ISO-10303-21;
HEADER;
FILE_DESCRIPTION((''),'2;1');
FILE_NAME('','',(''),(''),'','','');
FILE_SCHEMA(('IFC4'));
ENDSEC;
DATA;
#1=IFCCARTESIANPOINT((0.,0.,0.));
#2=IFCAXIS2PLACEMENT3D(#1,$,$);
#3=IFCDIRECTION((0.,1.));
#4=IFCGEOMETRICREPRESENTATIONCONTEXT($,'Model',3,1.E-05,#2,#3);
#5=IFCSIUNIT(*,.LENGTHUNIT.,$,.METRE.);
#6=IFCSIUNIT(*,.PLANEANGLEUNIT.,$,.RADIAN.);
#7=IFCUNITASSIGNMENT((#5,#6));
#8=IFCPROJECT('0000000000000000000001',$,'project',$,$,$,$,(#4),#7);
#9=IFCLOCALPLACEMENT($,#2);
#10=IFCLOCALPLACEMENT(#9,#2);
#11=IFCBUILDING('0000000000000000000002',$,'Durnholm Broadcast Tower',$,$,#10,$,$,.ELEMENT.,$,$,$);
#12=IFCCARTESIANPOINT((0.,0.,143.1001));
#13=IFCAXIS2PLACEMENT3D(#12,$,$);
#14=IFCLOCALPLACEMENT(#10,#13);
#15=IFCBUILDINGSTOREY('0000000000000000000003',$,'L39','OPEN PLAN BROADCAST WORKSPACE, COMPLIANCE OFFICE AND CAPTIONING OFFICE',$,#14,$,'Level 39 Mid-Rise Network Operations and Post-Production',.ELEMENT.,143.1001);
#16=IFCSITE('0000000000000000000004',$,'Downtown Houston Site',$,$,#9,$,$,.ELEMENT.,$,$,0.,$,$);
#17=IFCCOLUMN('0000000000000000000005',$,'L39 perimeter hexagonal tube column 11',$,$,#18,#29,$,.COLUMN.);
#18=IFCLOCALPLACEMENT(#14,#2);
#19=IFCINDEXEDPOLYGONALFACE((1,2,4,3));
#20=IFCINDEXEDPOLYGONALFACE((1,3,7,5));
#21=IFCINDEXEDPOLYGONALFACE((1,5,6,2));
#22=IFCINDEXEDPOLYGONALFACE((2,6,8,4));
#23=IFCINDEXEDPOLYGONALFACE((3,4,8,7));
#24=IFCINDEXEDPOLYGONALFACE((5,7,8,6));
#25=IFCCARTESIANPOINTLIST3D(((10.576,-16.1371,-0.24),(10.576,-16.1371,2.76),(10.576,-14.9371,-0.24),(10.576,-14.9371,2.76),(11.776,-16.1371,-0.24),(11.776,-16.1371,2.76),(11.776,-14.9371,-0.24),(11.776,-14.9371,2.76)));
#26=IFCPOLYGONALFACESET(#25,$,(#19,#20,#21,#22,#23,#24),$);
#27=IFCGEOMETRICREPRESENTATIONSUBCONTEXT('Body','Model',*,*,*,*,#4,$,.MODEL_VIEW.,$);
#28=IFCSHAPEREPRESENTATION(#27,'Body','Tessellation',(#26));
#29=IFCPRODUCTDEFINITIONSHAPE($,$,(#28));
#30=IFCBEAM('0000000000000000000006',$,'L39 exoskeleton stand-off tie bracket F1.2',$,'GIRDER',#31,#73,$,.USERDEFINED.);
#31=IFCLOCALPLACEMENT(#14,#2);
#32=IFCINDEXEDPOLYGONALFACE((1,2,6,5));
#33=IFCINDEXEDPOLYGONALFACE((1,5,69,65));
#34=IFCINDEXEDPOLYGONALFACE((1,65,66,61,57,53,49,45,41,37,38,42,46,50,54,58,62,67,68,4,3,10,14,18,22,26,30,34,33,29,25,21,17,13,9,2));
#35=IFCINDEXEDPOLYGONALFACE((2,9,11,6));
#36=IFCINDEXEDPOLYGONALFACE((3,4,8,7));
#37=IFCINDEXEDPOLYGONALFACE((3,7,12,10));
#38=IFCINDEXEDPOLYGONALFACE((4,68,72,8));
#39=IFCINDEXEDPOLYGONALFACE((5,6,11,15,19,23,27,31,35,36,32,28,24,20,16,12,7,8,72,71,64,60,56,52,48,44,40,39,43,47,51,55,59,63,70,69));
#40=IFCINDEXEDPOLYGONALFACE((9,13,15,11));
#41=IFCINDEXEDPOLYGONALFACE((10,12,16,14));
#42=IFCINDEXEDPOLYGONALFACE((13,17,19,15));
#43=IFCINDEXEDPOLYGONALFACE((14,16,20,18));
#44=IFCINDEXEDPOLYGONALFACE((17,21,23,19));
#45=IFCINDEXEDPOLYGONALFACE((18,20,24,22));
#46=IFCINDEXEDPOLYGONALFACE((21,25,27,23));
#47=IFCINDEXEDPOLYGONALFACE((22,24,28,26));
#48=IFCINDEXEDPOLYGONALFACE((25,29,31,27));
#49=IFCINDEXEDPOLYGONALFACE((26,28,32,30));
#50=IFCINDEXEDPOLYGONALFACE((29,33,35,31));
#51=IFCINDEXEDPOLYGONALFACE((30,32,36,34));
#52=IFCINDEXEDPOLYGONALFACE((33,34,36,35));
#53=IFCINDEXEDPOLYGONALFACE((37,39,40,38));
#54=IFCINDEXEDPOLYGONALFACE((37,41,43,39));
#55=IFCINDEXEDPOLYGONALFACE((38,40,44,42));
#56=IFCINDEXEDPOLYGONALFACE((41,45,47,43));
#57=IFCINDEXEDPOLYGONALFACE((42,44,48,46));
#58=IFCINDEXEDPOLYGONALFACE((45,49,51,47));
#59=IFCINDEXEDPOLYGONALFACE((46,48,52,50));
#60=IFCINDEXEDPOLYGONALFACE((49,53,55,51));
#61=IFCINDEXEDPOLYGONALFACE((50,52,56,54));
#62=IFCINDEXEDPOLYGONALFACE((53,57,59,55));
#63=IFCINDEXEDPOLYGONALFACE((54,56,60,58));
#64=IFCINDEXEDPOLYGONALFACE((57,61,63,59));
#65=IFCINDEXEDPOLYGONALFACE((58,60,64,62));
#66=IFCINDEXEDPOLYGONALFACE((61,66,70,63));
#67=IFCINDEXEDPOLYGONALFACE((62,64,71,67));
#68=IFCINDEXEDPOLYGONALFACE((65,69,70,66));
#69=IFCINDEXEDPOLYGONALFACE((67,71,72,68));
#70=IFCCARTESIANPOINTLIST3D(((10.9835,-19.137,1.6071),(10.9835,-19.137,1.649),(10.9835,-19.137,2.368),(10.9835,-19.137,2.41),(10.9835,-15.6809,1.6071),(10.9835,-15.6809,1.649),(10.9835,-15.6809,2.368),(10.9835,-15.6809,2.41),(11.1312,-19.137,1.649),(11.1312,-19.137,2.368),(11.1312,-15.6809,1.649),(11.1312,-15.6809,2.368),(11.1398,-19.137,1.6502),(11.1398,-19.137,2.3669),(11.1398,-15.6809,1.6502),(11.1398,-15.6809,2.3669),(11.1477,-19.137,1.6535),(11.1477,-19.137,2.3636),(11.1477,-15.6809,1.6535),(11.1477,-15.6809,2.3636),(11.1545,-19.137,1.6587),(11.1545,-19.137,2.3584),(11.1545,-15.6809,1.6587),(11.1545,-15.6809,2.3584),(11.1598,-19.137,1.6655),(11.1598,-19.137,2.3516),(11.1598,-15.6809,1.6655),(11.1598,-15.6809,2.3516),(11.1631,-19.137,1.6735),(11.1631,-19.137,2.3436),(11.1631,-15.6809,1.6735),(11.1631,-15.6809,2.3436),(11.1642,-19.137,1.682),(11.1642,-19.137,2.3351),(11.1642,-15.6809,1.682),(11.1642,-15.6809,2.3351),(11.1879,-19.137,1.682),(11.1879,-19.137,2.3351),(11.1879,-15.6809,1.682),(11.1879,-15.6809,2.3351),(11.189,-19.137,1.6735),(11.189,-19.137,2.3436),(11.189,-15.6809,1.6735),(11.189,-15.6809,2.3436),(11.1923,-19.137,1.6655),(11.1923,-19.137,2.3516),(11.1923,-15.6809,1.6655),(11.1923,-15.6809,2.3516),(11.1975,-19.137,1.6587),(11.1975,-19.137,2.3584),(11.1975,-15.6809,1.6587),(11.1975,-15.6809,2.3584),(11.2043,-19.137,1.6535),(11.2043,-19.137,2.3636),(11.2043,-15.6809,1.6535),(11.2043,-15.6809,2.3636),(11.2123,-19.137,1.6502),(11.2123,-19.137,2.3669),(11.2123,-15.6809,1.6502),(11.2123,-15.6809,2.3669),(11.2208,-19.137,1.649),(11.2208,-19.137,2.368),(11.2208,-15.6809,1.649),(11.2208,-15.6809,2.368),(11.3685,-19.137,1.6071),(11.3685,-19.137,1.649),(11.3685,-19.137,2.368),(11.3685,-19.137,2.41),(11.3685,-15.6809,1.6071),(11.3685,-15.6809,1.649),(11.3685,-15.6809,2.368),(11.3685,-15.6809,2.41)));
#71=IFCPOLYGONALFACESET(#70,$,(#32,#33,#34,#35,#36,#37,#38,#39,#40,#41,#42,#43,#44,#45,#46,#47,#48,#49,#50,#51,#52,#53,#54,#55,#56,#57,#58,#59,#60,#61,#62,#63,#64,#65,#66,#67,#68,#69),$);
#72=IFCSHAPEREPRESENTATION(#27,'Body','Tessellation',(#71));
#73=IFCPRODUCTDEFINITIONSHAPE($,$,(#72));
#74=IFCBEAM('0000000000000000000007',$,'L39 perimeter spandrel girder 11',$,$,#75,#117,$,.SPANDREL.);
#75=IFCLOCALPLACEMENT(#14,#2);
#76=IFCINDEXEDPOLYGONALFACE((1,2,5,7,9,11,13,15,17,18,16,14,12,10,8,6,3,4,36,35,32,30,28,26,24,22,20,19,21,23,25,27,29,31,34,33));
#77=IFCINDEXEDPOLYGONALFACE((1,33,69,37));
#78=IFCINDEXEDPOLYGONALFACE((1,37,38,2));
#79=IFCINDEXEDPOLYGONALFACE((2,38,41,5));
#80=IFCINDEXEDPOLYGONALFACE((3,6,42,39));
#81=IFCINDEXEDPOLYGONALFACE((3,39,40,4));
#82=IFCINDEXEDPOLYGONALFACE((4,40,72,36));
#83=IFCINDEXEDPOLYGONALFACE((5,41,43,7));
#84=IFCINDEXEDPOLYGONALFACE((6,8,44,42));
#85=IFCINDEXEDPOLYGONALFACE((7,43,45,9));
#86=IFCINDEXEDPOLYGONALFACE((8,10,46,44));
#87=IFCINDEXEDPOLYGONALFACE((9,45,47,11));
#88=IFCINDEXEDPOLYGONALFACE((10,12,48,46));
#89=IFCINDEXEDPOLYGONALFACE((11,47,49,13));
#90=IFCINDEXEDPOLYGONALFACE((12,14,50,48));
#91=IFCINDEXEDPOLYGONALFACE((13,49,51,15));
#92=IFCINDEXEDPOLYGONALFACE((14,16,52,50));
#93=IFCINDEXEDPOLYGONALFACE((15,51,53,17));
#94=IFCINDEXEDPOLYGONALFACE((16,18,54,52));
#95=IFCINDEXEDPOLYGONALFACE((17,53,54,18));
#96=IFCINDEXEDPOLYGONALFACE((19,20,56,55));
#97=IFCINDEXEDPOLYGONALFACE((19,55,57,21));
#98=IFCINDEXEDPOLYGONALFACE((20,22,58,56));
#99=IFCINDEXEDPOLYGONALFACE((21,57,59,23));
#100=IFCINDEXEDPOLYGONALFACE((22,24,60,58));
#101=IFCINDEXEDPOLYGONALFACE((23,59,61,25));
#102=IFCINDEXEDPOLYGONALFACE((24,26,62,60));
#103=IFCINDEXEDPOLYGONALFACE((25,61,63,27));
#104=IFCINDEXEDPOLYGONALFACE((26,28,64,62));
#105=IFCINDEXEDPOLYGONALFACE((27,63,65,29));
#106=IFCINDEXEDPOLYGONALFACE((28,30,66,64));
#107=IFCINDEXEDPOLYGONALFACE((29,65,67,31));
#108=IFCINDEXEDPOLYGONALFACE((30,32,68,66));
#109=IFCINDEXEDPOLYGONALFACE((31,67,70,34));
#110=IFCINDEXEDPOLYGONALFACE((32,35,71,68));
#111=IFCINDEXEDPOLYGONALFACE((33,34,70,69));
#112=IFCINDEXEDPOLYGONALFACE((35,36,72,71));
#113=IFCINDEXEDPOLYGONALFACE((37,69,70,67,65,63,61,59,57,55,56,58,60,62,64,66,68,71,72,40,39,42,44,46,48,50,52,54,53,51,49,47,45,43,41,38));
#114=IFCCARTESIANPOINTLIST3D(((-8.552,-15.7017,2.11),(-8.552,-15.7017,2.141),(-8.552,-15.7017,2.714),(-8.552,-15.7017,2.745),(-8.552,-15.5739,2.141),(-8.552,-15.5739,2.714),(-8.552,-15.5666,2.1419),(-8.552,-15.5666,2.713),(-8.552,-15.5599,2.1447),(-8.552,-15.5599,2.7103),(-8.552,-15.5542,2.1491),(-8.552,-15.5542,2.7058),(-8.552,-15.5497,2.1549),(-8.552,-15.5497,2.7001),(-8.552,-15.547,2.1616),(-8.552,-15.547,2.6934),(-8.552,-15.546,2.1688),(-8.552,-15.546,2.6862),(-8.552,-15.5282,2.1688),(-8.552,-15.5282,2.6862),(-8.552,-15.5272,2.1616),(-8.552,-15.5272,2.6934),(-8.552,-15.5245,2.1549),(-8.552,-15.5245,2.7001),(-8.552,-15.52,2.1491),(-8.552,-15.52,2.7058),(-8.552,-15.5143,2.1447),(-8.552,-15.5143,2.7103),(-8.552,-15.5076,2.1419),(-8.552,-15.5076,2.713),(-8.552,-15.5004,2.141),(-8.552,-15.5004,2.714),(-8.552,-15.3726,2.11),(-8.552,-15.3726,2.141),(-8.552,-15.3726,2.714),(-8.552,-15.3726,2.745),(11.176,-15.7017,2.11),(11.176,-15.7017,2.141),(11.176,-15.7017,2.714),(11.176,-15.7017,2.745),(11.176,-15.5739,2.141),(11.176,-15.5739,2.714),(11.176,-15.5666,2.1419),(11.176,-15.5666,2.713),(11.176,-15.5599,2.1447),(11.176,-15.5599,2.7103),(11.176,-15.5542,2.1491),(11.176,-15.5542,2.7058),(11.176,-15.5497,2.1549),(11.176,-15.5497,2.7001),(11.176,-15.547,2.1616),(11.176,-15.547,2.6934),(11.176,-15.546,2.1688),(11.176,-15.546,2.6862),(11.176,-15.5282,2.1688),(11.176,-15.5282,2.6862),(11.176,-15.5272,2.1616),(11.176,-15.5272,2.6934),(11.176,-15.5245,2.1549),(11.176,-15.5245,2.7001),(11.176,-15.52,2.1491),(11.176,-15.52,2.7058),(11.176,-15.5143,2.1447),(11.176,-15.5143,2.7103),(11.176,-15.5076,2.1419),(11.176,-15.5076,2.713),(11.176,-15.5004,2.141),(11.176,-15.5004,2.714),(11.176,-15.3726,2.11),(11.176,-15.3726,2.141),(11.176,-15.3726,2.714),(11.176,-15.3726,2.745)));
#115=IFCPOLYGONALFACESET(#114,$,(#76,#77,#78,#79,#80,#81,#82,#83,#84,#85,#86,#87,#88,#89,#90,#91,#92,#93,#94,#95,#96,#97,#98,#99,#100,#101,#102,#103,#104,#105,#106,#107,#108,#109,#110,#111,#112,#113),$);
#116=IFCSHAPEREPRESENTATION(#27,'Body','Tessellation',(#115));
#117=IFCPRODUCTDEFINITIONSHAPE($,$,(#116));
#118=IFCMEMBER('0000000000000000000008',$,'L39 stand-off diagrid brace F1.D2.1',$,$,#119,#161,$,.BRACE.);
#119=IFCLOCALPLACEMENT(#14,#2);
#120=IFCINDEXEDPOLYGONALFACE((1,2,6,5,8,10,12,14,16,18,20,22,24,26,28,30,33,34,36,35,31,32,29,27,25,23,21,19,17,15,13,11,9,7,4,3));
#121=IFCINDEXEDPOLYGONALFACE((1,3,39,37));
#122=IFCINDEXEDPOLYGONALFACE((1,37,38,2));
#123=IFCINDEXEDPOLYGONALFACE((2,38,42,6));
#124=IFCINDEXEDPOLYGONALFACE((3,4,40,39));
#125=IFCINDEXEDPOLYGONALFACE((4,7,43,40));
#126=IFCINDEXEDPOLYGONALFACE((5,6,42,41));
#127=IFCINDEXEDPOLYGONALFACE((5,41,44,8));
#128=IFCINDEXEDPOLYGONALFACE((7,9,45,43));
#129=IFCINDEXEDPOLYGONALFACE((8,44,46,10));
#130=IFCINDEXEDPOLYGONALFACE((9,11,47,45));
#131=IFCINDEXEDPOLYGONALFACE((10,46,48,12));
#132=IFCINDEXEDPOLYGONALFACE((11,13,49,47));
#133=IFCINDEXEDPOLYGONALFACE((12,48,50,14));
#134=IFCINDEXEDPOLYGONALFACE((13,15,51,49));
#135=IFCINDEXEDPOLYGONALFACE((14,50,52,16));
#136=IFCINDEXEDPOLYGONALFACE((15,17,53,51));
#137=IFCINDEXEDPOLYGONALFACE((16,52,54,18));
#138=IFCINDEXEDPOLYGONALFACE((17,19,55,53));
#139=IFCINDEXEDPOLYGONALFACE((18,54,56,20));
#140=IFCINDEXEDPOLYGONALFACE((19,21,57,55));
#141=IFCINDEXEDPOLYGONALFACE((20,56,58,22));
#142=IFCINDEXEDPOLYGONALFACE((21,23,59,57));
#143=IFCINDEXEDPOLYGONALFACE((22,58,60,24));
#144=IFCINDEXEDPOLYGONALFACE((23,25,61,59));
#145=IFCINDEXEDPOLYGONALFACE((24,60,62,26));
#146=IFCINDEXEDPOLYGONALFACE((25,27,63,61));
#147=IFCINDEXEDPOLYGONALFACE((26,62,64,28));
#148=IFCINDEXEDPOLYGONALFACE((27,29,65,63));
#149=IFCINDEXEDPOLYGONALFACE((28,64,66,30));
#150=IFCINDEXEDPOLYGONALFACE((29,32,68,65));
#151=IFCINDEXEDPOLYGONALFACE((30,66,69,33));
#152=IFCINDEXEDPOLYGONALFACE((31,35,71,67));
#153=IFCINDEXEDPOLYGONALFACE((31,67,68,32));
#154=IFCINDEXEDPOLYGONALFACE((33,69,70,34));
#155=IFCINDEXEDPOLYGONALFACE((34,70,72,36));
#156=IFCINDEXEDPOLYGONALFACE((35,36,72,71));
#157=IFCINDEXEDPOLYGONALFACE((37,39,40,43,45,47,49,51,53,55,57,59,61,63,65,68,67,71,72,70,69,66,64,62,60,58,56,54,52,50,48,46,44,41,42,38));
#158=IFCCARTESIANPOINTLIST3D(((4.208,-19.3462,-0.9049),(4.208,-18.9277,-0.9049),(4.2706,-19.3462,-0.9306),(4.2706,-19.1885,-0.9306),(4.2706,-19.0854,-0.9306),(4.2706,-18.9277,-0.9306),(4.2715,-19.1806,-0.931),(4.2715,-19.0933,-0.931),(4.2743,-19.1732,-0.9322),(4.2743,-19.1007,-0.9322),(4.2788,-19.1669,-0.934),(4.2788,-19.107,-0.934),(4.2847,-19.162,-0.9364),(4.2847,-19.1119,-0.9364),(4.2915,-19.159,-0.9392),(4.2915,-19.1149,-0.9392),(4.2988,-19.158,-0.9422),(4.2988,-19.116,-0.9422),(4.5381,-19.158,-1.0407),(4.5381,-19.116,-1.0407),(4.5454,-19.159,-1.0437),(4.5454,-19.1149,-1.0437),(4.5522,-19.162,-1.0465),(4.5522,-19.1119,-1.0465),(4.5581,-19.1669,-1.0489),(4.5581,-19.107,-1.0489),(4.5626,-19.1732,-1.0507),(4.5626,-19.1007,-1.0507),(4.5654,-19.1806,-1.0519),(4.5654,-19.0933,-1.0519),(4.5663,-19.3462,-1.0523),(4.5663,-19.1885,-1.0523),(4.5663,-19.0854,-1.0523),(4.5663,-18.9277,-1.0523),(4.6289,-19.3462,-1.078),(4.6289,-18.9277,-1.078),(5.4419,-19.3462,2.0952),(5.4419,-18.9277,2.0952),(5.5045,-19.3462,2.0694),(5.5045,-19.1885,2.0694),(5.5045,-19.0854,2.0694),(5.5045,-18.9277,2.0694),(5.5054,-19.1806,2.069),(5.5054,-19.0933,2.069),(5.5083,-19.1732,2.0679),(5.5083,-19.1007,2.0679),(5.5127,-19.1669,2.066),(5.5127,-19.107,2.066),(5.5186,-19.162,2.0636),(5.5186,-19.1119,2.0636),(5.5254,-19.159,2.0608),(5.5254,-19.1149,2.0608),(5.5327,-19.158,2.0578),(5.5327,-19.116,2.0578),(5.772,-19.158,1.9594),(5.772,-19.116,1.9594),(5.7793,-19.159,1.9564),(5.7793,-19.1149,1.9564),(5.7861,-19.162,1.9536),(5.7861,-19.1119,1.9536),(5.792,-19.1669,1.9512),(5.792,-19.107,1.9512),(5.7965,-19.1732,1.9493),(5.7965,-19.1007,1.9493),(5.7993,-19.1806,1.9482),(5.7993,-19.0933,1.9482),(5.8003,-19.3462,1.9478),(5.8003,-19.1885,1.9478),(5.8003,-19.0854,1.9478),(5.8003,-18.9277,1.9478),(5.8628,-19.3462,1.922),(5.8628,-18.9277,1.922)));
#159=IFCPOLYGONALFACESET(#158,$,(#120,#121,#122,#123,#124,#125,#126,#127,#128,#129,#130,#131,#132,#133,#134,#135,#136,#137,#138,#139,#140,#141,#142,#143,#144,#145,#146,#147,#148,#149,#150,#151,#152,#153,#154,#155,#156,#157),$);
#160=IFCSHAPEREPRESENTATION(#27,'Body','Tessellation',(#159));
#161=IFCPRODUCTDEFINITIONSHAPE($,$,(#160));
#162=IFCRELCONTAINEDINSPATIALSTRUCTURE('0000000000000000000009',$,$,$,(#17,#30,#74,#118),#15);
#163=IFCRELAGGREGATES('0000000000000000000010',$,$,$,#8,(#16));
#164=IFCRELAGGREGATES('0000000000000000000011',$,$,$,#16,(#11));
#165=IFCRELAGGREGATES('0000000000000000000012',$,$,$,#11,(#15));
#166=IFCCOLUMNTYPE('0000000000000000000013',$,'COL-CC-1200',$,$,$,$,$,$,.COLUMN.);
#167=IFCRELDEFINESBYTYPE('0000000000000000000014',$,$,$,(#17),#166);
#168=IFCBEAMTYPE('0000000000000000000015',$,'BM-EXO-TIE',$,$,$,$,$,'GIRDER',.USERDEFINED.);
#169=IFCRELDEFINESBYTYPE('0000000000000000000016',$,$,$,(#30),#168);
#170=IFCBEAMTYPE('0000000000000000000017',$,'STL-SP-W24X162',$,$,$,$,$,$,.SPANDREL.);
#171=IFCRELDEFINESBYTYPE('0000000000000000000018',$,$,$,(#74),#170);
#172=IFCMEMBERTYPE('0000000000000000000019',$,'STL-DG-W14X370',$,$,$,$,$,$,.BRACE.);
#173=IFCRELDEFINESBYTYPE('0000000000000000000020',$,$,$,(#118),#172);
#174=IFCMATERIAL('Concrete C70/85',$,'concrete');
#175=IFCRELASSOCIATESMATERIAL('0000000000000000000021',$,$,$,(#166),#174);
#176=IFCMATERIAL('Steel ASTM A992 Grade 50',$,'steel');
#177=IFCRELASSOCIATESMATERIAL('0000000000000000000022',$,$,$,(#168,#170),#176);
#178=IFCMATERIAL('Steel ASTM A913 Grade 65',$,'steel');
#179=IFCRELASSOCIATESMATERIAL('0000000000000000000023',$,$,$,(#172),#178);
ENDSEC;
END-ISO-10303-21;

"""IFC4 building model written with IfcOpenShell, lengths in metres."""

from ifc_helpers import new_model, si_unit, direction, frame, origin, origin_2d, place, context, subcontext, project, spatial, rectangle, i_section, extrude, source, transform, mapped, material, material_profile, profile_set, type_object, type_shapes, element, save


model = new_model("IFC4")

# Units and contexts
model_context = context("Model", 3, precision=1e-05, world=origin(), true_north=direction((0.0, 1.0)))
body_context = subcontext(model_context, "Body", "Model", "MODEL_VIEW")
ifc_project = project(units=[si_unit("LENGTHUNIT", "METRE"), si_unit("PLANEANGLEUNIT", "RADIAN")], contexts=[model_context])

# Site, building, storey
site_placement = place(None, origin())
site = spatial("IfcSite", under=ifc_project, at=site_placement, Name="Downtown Houston Site", CompositionType="ELEMENT", RefElevation=0.0)
building_placement = place(site_placement, origin())
building = spatial("IfcBuilding", under=site, at=building_placement, Name="Durnholm Broadcast Tower", CompositionType="ELEMENT")
storey_placement = place(building_placement, frame((0.0, 0.0, 143.1001)))
storey = spatial("IfcBuildingStorey", under=building, at=storey_placement, Name="L39", Description="OPEN PLAN BROADCAST WORKSPACE, COMPLIANCE OFFICE AND CAPTIONING OFFICE", LongName="Level 39 Mid-Rise Network Operations and Post-Production", CompositionType="ELEMENT", Elevation=143.1001)

# Column
ifc_material_1 = material(Name="Concrete C70/85", Category="concrete")
ifc_material_profile_1 = material_profile(ifc_material_1, rectangle(XDim=1.2, YDim=1.2, at=origin_2d()), Name="RC1200X1200")
ifc_profile_set_1 = profile_set([ifc_material_profile_1], Name="Concrete C70/85")
column_type = type_object("IfcColumnType", Name="COL-CC-1200", PredefinedType="COLUMN", material=ifc_profile_set_1)
shared_shape_1 = source(origin(), body_context, "Body", "SweptSolid", [
    extrude(rectangle(XDim=1.2, YDim=1.2, at=origin_2d()), origin(), (0.0, 0.0, 1.0), 3.0),
])
type_shapes(column_type, [shared_shape_1])
column_placement = place(storey_placement, frame((11.176, -15.5371, -0.24), z_axis=(0.0, 0.0, 1.0), x_axis=(1.0, 0.0, 0.0)))
element("IfcColumn", 1, at=column_placement, inside=storey, type_object=column_type, Name="L39 perimeter hexagonal tube column 11", PredefinedType="COLUMN", context=body_context, shape_type="MappedRepresentation", body=[
    mapped(shared_shape_1, transform((0.0, 0.0, 0.0), x_axis=(1.0, 0.0, 0.0), y_axis=(0.0, 1.0, 0.0), z_axis=(0.0, 0.0, 1.0), scale=1.0)),
])

# Beams
ifc_material_2 = material(Name="Steel ASTM A992 Grade 50", Category="steel")
ifc_material_profile_2 = material_profile(ifc_material_2, i_section(OverallWidth=0.385, OverallDepth=0.803, WebThickness=0.0237, FlangeThickness=0.042, FilletRadius=0.033, at=origin_2d()), Name="W30X261")
ifc_profile_set_2 = profile_set([ifc_material_profile_2], Name="Steel ASTM A992 Grade 50")
beam_type_1 = type_object("IfcBeamType", Name="BM-EXO-TIE", ElementType="GIRDER", PredefinedType="USERDEFINED", material=ifc_profile_set_2)
shared_shape_2 = source(origin(), body_context, "Body", "SweptSolid", [
    extrude(i_section(OverallWidth=0.385, OverallDepth=0.803, WebThickness=0.0237, FlangeThickness=0.042, FilletRadius=0.033, at=origin_2d()), origin(), (0.0, 0.0, 1.0), 3.4561),
])
type_shapes(beam_type_1, [shared_shape_2])
beam_1_placement = place(storey_placement, frame((11.176, -15.6809, 2.0085), z_axis=(0.0, -1.0, 0.0), x_axis=(1.0, 0.0, 0.0)))
element("IfcBeam", 2, at=beam_1_placement, inside=storey, type_object=beam_type_1, Name="L39 exoskeleton stand-off tie bracket F1.2", ObjectType="GIRDER", PredefinedType="USERDEFINED", context=body_context, shape_type="MappedRepresentation", body=[
    mapped(shared_shape_2, transform((0.0, 0.0, 0.0), x_axis=(1.0, 0.0, 0.0), y_axis=(0.0, 1.0, 0.0), z_axis=(0.0, 0.0, 1.0), scale=1.0)),
])
ifc_material_profile_3 = material_profile(ifc_material_2, i_section(OverallWidth=0.3291, OverallDepth=0.635, WebThickness=0.0178, FlangeThickness=0.031, FilletRadius=0.0278, at=origin_2d()), Name="W24X162")
ifc_profile_set_3 = profile_set([ifc_material_profile_3], Name="Steel ASTM A992 Grade 50")
beam_type_2 = type_object("IfcBeamType", Name="STL-SP-W24X162", PredefinedType="SPANDREL", material=ifc_profile_set_3)
shared_shape_3 = source(origin(), body_context, "Body", "SweptSolid", [
    extrude(i_section(OverallWidth=0.3291, OverallDepth=0.635, WebThickness=0.0178, FlangeThickness=0.031, FilletRadius=0.0278, at=origin_2d()), origin(), (0.0, 0.0, 1.0), 19.728),
])
type_shapes(beam_type_2, [shared_shape_3])
beam_2_placement = place(storey_placement, frame((11.176, -15.5371, 2.4275), z_axis=(-1.0, 0.0, 0.0), x_axis=(0.0, -1.0, 0.0)))
element("IfcBeam", 3, at=beam_2_placement, inside=storey, type_object=beam_type_2, Name="L39 perimeter spandrel girder 11", PredefinedType="SPANDREL", context=body_context, shape_type="MappedRepresentation", body=[
    mapped(shared_shape_3, transform((0.0, 0.0, 0.0), x_axis=(1.0, 0.0, 0.0), y_axis=(0.0, 1.0, 0.0), z_axis=(0.0, 0.0, 1.0), scale=1.0)),
])

# Member
ifc_material_3 = material(Name="Steel ASTM A913 Grade 65", Category="steel")
ifc_material_profile_4 = material_profile(ifc_material_3, i_section(OverallWidth=0.4185, OverallDepth=0.4551, WebThickness=0.042, FlangeThickness=0.0676, FilletRadius=0.0305, at=origin_2d()), Name="W14X370")
ifc_profile_set_4 = profile_set([ifc_material_profile_4], Name="Steel ASTM A913 Grade 65")
member_type_1 = type_object("IfcMemberType", Name="STL-DG-W14X370", PredefinedType="BRACE", material=ifc_profile_set_4)
shared_shape_4 = source(origin(), body_context, "Body", "SweptSolid", [
    extrude(i_section(OverallWidth=0.4185, OverallDepth=0.4551, WebThickness=0.042, FlangeThickness=0.0676, FilletRadius=0.0305, at=origin_2d()), origin(), (0.0, 0.0, 1.0), 3.2439),
])
member_1_placement = place(storey_placement, frame((4.4185, -19.137, -0.9915), z_axis=(0.380379, 0.0, 0.924831), x_axis=(0.0, 1.0, 0.0)))
element("IfcMember", 4, at=member_1_placement, inside=storey, type_object=member_type_1, Name="L39 stand-off diagrid brace F1.D2.1", PredefinedType="BRACE", context=body_context, shape_type="MappedRepresentation", body=[
    mapped(shared_shape_4, transform((0.0, 0.0, 0.0), x_axis=(1.0, 0.0, 0.0), y_axis=(0.0, 1.0, 0.0), z_axis=(0.0, 0.0, 1.0), scale=1.0)),
])

save(model, "model.ifc")
